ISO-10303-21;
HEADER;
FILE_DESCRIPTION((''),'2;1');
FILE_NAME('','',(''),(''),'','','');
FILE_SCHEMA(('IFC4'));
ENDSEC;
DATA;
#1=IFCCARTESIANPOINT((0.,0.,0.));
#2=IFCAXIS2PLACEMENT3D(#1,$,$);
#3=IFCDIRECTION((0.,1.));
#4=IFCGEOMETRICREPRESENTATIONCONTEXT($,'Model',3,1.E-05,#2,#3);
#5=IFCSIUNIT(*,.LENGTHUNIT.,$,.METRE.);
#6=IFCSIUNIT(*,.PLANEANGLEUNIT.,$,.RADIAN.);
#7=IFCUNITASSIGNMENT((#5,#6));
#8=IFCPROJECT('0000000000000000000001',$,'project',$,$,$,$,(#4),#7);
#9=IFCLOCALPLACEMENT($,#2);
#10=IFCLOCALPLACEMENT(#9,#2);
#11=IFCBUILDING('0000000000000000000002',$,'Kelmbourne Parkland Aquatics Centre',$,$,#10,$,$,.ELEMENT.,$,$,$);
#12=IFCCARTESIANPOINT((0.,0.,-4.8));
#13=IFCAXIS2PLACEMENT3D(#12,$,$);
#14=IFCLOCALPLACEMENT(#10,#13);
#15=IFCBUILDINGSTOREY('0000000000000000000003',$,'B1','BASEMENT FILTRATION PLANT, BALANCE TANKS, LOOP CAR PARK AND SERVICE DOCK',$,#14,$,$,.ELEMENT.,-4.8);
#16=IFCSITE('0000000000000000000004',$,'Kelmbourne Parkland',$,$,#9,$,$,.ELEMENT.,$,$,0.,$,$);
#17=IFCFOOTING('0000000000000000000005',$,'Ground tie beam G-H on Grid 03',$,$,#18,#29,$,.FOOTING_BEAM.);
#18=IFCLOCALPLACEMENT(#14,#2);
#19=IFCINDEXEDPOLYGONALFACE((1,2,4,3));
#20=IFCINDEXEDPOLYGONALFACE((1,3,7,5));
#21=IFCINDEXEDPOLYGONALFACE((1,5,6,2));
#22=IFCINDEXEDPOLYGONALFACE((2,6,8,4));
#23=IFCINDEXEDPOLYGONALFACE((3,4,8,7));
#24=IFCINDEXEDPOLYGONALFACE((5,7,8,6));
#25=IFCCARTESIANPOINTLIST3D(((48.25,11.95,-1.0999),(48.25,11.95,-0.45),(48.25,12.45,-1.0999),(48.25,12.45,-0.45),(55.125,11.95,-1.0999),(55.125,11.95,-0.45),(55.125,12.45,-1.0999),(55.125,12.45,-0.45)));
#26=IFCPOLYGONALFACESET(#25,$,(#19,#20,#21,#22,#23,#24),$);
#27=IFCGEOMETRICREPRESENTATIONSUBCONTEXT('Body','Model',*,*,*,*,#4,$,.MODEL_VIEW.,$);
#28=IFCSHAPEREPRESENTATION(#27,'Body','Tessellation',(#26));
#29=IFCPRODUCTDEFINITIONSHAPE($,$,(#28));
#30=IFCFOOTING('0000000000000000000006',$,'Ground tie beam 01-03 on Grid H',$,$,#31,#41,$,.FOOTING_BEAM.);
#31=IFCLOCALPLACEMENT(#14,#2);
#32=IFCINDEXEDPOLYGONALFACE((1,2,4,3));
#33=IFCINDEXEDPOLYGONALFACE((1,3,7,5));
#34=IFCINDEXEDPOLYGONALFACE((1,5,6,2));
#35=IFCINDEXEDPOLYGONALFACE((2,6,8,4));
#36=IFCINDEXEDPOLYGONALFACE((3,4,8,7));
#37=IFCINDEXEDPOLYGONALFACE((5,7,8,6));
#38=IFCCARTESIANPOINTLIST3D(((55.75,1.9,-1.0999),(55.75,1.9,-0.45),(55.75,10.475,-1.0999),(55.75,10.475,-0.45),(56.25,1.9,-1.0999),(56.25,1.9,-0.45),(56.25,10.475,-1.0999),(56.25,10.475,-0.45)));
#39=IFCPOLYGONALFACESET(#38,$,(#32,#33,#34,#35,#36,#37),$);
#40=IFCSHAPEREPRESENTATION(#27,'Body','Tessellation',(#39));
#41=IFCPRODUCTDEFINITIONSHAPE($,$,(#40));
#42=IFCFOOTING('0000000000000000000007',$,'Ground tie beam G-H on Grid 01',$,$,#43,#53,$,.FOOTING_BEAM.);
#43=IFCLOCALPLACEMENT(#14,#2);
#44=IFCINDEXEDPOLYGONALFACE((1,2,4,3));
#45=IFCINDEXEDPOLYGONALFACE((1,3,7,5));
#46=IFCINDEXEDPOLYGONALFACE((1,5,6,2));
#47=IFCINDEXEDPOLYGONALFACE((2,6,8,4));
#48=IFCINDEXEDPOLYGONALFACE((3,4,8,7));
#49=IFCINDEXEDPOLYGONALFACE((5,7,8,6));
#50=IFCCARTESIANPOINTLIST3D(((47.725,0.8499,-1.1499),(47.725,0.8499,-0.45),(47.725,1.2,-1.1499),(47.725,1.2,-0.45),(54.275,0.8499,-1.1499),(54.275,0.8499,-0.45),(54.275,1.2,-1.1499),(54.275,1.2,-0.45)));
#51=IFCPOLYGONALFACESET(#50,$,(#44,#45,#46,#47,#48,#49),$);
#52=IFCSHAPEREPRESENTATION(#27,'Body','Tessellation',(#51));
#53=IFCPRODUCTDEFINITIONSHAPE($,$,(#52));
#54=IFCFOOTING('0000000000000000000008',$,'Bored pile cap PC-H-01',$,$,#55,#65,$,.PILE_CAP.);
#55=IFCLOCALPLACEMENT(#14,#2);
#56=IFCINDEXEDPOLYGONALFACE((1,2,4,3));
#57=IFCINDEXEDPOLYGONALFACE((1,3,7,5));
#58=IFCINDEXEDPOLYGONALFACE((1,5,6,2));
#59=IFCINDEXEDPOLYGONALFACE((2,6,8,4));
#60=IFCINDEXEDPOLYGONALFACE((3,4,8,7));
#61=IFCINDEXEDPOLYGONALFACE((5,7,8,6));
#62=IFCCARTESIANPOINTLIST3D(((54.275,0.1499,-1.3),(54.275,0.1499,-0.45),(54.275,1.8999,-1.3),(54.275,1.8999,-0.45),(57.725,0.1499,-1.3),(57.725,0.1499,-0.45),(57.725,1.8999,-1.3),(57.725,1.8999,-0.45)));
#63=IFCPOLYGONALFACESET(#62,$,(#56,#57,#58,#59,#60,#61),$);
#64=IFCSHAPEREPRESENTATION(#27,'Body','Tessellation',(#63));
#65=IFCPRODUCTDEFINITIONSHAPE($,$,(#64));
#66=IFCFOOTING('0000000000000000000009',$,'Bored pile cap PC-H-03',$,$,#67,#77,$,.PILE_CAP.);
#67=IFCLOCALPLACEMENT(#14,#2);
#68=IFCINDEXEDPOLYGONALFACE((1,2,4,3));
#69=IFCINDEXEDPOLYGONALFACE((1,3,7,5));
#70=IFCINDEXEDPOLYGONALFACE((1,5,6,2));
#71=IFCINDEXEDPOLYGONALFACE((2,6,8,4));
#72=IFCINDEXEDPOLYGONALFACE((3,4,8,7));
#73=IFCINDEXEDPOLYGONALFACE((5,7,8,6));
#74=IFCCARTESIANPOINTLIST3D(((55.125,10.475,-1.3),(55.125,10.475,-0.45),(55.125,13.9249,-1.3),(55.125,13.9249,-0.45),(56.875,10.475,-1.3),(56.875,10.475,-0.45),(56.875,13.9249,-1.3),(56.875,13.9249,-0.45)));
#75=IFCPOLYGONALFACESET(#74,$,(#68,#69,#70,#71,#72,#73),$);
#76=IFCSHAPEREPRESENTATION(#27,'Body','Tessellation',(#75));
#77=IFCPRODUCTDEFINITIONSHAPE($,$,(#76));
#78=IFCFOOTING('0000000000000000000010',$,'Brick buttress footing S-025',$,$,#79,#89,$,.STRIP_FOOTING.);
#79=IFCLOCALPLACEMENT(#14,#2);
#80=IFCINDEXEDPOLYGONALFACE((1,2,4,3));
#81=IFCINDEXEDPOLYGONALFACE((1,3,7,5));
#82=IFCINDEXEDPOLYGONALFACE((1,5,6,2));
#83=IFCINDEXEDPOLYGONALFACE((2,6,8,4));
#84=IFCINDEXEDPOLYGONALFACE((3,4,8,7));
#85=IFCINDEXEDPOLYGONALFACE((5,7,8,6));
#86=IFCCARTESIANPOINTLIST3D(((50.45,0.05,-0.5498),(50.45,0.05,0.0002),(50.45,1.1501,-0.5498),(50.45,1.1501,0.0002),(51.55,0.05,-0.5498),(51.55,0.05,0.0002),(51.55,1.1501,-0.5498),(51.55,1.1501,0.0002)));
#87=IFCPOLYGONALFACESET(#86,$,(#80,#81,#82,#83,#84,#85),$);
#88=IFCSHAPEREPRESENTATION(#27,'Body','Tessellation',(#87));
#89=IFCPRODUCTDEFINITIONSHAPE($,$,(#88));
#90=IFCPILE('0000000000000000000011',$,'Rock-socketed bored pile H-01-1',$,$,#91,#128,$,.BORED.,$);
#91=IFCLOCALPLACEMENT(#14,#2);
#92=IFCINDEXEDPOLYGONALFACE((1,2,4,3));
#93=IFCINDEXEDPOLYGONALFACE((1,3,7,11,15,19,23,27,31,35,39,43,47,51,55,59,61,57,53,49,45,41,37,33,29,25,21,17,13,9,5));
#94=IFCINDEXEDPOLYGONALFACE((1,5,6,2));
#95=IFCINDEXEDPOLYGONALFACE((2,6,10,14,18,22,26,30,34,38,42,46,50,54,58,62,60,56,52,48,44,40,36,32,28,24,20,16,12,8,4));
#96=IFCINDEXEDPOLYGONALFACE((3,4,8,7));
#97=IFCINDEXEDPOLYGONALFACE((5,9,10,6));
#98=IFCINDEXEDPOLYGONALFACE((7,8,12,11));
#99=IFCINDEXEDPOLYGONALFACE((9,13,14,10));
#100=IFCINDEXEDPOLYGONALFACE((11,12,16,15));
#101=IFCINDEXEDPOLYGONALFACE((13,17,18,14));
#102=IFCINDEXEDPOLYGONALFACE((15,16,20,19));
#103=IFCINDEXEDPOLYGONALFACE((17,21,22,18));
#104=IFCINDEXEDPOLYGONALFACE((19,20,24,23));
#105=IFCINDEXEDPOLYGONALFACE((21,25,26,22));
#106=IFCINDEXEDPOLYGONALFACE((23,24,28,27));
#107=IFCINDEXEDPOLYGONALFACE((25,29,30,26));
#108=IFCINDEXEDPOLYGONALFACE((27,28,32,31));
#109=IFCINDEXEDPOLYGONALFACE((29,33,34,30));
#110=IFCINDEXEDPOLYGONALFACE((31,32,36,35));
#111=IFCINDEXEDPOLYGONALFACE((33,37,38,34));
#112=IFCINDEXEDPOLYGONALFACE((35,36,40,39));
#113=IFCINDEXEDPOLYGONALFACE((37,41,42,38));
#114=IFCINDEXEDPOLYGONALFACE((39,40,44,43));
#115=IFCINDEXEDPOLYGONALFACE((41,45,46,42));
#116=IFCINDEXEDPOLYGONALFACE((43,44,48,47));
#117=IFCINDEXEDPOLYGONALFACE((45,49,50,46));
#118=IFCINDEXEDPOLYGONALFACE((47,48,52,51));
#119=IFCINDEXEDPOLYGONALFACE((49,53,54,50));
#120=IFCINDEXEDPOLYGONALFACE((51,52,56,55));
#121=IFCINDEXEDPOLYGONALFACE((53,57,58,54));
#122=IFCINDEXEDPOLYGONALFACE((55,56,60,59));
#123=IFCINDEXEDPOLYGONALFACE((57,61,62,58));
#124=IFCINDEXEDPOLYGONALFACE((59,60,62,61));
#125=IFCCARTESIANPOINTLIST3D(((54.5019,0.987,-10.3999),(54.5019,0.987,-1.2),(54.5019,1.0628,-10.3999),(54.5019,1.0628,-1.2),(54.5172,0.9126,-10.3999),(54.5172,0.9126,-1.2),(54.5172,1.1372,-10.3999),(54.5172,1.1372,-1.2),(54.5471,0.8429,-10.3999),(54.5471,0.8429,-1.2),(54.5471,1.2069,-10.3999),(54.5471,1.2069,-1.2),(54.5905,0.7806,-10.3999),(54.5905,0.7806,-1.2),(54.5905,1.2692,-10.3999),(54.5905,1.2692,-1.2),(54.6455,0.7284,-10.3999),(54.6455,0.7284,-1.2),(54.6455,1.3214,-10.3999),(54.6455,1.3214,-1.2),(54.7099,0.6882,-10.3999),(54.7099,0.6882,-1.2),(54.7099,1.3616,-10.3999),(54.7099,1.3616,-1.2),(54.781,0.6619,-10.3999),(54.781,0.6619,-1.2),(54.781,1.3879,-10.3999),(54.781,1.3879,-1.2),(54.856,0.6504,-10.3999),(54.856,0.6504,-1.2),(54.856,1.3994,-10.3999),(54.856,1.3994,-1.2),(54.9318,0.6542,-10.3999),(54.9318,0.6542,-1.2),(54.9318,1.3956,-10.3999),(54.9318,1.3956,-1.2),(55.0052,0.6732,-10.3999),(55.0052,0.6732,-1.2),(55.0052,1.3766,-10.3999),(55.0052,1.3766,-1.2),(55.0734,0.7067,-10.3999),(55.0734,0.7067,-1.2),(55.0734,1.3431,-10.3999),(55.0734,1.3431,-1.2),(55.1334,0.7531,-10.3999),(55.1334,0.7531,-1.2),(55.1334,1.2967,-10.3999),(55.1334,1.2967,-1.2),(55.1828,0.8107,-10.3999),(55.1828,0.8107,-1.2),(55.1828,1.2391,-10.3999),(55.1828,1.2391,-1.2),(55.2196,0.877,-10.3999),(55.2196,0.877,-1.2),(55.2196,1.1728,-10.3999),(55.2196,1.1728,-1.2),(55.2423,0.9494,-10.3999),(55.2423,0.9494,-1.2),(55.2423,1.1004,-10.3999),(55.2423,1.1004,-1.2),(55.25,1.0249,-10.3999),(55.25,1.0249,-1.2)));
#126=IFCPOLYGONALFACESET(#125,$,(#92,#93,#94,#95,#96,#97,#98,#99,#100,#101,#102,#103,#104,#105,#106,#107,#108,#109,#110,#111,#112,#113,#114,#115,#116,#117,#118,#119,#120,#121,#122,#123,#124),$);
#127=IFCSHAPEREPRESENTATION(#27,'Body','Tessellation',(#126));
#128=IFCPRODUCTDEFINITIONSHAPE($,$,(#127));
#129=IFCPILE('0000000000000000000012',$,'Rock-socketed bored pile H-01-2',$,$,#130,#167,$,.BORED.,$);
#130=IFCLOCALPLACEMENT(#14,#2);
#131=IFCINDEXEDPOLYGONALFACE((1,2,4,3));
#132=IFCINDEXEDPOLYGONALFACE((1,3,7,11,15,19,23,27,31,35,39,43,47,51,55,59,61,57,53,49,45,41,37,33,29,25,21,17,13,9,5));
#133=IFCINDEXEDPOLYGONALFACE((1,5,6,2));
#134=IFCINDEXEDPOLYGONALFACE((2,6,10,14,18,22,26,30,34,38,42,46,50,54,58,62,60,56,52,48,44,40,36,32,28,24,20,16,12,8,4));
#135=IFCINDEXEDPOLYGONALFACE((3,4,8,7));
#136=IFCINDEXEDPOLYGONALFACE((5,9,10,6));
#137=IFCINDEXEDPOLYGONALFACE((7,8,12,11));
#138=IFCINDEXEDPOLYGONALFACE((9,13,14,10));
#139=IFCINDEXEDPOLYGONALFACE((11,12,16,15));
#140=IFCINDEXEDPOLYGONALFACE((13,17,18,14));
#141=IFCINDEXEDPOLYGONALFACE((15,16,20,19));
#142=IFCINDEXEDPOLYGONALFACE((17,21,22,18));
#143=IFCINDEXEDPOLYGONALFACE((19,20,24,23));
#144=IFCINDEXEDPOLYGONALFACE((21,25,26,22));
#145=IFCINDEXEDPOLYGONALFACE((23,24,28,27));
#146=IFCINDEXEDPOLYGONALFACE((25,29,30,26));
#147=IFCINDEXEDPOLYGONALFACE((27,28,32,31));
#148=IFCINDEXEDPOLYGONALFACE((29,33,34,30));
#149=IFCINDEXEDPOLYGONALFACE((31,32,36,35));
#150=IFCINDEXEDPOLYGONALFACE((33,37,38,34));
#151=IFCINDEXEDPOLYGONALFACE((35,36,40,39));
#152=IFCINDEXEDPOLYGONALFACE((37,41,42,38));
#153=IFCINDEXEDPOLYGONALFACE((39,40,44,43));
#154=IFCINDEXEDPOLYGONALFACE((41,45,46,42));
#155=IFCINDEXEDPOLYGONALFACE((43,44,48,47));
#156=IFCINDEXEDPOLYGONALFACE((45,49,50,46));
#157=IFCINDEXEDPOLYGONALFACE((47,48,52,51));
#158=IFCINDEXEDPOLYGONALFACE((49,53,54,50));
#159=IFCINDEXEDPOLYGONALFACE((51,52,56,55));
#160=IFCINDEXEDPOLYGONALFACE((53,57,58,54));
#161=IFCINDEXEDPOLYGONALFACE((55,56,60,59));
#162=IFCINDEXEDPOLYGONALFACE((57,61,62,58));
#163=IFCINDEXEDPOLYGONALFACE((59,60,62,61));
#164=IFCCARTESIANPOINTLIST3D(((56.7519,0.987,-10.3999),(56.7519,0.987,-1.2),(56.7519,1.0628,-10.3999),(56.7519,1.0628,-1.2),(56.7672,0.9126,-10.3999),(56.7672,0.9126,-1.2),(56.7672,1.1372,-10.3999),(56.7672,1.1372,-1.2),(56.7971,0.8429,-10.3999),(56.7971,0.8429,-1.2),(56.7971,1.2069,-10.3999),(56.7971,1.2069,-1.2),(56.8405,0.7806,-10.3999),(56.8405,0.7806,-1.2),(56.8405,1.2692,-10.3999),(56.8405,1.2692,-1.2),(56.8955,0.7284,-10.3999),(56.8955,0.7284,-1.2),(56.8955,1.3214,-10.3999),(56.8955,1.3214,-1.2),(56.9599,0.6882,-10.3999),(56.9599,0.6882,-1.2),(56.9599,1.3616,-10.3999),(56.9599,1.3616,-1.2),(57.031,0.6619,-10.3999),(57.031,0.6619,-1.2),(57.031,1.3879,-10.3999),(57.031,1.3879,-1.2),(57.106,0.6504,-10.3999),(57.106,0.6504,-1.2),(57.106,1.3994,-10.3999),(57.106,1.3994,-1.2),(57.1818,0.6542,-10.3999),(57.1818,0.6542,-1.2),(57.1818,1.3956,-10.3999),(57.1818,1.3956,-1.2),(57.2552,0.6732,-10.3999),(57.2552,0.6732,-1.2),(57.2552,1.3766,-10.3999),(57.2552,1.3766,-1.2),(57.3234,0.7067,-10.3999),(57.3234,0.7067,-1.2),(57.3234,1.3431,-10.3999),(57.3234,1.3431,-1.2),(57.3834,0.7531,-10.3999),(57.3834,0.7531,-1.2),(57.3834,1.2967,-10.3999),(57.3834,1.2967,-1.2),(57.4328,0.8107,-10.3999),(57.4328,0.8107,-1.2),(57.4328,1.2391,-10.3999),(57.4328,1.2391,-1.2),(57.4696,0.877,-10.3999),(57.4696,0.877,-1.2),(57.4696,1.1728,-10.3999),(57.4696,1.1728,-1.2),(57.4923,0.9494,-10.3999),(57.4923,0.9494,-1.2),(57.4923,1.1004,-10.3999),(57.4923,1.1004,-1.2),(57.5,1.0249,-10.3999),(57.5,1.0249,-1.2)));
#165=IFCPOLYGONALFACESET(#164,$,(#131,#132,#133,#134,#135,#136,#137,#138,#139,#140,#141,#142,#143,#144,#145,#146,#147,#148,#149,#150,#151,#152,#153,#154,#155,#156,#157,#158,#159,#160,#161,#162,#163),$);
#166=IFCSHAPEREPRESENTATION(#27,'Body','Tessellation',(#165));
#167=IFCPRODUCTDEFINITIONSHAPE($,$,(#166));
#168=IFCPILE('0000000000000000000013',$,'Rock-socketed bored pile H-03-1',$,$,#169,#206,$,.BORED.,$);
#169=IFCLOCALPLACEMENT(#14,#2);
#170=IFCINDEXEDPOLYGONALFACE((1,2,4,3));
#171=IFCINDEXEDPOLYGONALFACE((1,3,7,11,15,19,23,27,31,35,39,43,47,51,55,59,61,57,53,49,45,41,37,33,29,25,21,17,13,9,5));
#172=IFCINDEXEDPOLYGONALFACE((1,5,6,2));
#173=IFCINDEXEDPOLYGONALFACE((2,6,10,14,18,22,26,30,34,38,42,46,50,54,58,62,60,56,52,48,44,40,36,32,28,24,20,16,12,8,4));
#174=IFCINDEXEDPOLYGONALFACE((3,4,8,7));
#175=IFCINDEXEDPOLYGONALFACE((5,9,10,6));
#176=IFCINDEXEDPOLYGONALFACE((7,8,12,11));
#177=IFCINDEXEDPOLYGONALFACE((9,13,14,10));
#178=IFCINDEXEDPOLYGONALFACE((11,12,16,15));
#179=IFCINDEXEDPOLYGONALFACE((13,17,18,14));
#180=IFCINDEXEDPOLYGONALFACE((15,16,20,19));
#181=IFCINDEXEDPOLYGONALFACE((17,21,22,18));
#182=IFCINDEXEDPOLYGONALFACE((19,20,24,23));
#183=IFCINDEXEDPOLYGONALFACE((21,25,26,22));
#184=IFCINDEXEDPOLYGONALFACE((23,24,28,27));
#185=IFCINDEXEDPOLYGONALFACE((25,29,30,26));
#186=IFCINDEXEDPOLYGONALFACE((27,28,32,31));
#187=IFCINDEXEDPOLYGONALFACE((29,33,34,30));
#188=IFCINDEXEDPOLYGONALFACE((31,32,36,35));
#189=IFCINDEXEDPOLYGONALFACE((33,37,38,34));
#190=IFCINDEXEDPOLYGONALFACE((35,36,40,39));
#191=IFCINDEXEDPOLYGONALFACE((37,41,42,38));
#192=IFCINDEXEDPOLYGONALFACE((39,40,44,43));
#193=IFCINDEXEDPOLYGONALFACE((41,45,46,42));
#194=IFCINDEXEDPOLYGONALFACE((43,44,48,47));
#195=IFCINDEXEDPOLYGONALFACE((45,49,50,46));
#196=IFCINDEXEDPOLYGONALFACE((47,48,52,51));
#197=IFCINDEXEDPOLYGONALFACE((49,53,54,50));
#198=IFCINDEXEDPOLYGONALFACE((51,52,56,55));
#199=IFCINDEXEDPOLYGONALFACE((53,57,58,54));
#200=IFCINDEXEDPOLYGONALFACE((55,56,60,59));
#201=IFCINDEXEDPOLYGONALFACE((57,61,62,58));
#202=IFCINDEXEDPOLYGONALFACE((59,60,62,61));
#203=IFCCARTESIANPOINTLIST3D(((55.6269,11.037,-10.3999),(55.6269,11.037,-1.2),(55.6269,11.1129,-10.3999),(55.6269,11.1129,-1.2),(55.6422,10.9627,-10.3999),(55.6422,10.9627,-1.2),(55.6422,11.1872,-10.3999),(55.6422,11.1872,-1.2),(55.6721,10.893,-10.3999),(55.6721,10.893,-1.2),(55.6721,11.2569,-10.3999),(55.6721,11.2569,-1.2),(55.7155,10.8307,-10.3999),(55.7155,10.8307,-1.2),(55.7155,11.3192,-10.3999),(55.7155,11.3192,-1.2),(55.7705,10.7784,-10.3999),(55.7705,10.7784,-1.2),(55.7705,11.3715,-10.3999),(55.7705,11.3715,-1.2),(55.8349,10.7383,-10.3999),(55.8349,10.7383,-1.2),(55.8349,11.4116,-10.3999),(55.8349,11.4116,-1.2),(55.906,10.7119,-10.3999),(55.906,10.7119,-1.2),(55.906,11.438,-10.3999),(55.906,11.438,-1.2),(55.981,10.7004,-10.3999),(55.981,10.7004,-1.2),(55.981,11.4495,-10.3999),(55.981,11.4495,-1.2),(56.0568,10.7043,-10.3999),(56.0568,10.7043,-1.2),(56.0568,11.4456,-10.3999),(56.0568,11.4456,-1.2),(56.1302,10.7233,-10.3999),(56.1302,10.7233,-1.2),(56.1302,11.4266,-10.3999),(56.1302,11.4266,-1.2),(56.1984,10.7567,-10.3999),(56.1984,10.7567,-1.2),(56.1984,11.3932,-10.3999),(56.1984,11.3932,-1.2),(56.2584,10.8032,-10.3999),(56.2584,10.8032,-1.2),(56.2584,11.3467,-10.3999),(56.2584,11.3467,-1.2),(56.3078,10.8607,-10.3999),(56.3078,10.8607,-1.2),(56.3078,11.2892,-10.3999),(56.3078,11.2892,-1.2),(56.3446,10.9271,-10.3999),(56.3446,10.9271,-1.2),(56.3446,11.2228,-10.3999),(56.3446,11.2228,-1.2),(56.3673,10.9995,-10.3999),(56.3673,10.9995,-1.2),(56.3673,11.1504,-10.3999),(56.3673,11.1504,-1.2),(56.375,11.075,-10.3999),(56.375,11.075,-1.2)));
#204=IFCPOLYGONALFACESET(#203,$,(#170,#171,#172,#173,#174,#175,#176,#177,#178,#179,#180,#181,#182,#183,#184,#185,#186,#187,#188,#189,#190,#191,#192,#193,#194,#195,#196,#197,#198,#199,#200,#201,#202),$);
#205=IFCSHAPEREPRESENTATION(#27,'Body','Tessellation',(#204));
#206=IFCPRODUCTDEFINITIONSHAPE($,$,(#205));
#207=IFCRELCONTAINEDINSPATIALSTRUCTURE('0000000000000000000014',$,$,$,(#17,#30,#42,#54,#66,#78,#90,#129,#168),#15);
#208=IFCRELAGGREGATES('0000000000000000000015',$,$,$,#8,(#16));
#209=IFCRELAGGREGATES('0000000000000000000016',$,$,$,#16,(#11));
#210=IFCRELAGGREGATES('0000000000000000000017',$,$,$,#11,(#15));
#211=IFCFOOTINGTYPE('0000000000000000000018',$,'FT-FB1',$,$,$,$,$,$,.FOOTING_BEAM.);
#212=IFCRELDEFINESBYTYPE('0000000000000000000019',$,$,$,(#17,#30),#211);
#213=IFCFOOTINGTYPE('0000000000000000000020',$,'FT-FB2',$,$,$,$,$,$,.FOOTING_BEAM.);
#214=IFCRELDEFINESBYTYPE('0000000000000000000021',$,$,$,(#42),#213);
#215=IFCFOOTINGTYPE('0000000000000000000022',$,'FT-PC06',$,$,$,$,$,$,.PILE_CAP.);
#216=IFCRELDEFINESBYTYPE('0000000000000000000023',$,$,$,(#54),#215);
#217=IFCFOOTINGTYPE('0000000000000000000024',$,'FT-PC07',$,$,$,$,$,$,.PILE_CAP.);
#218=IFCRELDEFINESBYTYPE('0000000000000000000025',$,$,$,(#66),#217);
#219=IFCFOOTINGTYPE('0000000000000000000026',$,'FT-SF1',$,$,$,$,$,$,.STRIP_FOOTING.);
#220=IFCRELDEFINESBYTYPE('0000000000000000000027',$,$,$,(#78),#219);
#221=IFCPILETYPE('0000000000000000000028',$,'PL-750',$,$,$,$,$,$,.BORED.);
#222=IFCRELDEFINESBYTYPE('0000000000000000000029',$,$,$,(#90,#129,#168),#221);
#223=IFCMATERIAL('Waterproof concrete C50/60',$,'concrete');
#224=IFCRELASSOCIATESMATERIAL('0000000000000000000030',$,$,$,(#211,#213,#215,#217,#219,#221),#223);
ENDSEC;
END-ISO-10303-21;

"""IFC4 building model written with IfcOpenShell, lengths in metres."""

from ifc_helpers import new_model, si_unit, direction, frame, origin, origin_2d, place, context, subcontext, project, spatial, rectangle, circle, extrude, material, material_profile, profile_set, type_object, element, save


model = new_model("IFC4")

# Units and contexts
model_context = context("Model", 3, precision=1e-05, world=origin(), true_north=direction((0.0, 1.0)))
body_context = subcontext(model_context, "Body", "Model", "MODEL_VIEW")
ifc_project = project(units=[si_unit("LENGTHUNIT", "METRE"), si_unit("PLANEANGLEUNIT", "RADIAN")], contexts=[model_context])

# Site, building, storey
site_placement = place(None, origin())
site = spatial("IfcSite", under=ifc_project, at=site_placement, Name="Kelmbourne Parkland", CompositionType="ELEMENT", RefElevation=0.0)
building_placement = place(site_placement, origin())
building = spatial("IfcBuilding", under=site, at=building_placement, Name="Kelmbourne Parkland Aquatics Centre", CompositionType="ELEMENT")
storey_placement = place(building_placement, frame((0.0, 0.0, -4.8)))
storey = spatial("IfcBuildingStorey", under=building, at=storey_placement, Name="B1", Description="BASEMENT FILTRATION PLANT, BALANCE TANKS, LOOP CAR PARK AND SERVICE DOCK", CompositionType="ELEMENT", Elevation=-4.8)

# Footings
ifc_material_1 = material(Name="Waterproof concrete C50/60", Category="concrete")
footing_type_1 = type_object("IfcFootingType", Name="FT-FB1", PredefinedType="FOOTING_BEAM", material=ifc_material_1)
footing_1_placement = place(storey_placement, frame((51.6875, 12.2, -1.0999), z_axis=(0.0, 0.0, 1.0), x_axis=(1.0, 0.0, 0.0)))
element("IfcFooting", 1, at=footing_1_placement, inside=storey, type_object=footing_type_1, Name="Ground tie beam G-H on Grid 03", PredefinedType="FOOTING_BEAM", context=body_context, shape_type="SweptSolid", body=[
    extrude(rectangle(XDim=6.875, YDim=0.5, at=origin_2d()), origin(), (0.0, 0.0, 1.0), 0.6499),
])
footing_2_placement = place(storey_placement, frame((56.0, 6.1875, -1.0999), z_axis=(0.0, 0.0, 1.0), x_axis=(0.0, 1.0, 0.0)))
element("IfcFooting", 2, at=footing_2_placement, inside=storey, type_object=footing_type_1, Name="Ground tie beam 01-03 on Grid H", PredefinedType="FOOTING_BEAM", context=body_context, shape_type="SweptSolid", body=[
    extrude(rectangle(XDim=8.575, YDim=0.5, at=origin_2d()), origin(), (0.0, 0.0, 1.0), 0.6499),
])
footing_type_2 = type_object("IfcFootingType", Name="FT-FB2", PredefinedType="FOOTING_BEAM", material=ifc_material_1)
footing_3_placement = place(storey_placement, frame((51.0, 1.0249, -1.1499), z_axis=(0.0, 0.0, 1.0), x_axis=(1.0, 0.0, 0.0)))
element("IfcFooting", 3, at=footing_3_placement, inside=storey, type_object=footing_type_2, Name="Ground tie beam G-H on Grid 01", PredefinedType="FOOTING_BEAM", context=body_context, shape_type="SweptSolid", body=[
    extrude(rectangle(XDim=6.55, YDim=0.3501, at=origin_2d()), origin(), (0.0, 0.0, 1.0), 0.7),
])
footing_type_3 = type_object("IfcFootingType", Name="FT-PC06", PredefinedType="PILE_CAP", material=ifc_material_1)
footing_4_placement = place(storey_placement, frame((56.0, 1.0249, -1.3), z_axis=(0.0, 0.0, 1.0), x_axis=(1.0, 0.0, 0.0)))
element("IfcFooting", 4, at=footing_4_placement, inside=storey, type_object=footing_type_3, Name="Bored pile cap PC-H-01", PredefinedType="PILE_CAP", context=body_context, shape_type="SweptSolid", body=[
    extrude(rectangle(XDim=3.45, YDim=1.75, at=origin_2d()), origin(), (0.0, 0.0, 1.0), 0.8501),
])
footing_type_4 = type_object("IfcFootingType", Name="FT-PC07", PredefinedType="PILE_CAP", material=ifc_material_1)
footing_5_placement = place(storey_placement, frame((56.0, 12.2, -1.3), z_axis=(0.0, 0.0, 1.0), x_axis=(1.0, 0.0, 0.0)))
element("IfcFooting", 5, at=footing_5_placement, inside=storey, type_object=footing_type_4, Name="Bored pile cap PC-H-03", PredefinedType="PILE_CAP", context=body_context, shape_type="SweptSolid", body=[
    extrude(rectangle(XDim=1.75, YDim=3.45, at=origin_2d()), origin(), (0.0, 0.0, 1.0), 0.8501),
])
footing_type_5 = type_object("IfcFootingType", Name="FT-SF1", PredefinedType="STRIP_FOOTING", material=ifc_material_1)
footing_6_placement = place(storey_placement, frame((51.0, 0.6001, -0.5498), z_axis=(0.0, 0.0, 1.0), x_axis=(1.0, 0.0, 0.0)))
element("IfcFooting", 6, at=footing_6_placement, inside=storey, type_object=footing_type_5, Name="Brick buttress footing S-025", PredefinedType="STRIP_FOOTING", context=body_context, shape_type="SweptSolid", body=[
    extrude(rectangle(XDim=1.1001, YDim=1.1001, at=origin_2d()), origin(), (0.0, 0.0, 1.0), 0.55),
])

# Piles
ifc_material_profile_1 = material_profile(ifc_material_1, circle(Radius=0.375, at=origin_2d()), Name="PILE D750")
ifc_profile_set_1 = profile_set([ifc_material_profile_1], Name="Waterproof concrete C50/60")
pile_type = type_object("IfcPileType", Name="PL-750", PredefinedType="BORED", material=ifc_profile_set_1)
for number, where, z_axis, x_axis, name in (
    (7, (54.875, 1.0249, -1.2), (0.0, 0.0, -1.0), (1.0, 0.0, 0.0), "Rock-socketed bored pile H-01-1"),
    (8, (57.125, 1.0249, -1.2), (0.0, 0.0, -1.0), (1.0, 0.0, 0.0), "Rock-socketed bored pile H-01-2"),
    (9, (56.0, 11.075, -1.2), (0.0, 0.0, -1.0), (1.0, 0.0, 0.0), "Rock-socketed bored pile H-03-1"),
):
    element("IfcPile", number, at=place(storey_placement, frame(where, z_axis=z_axis, x_axis=x_axis)), inside=storey, type_object=pile_type, Name=name, PredefinedType="BORED", context=body_context, shape_type="SweptSolid", body=[
        extrude(circle(Radius=0.375, at=origin_2d()), origin(), (0.0, 0.0, 1.0), 9.2),
    ])

save(model, "model.ifc")
